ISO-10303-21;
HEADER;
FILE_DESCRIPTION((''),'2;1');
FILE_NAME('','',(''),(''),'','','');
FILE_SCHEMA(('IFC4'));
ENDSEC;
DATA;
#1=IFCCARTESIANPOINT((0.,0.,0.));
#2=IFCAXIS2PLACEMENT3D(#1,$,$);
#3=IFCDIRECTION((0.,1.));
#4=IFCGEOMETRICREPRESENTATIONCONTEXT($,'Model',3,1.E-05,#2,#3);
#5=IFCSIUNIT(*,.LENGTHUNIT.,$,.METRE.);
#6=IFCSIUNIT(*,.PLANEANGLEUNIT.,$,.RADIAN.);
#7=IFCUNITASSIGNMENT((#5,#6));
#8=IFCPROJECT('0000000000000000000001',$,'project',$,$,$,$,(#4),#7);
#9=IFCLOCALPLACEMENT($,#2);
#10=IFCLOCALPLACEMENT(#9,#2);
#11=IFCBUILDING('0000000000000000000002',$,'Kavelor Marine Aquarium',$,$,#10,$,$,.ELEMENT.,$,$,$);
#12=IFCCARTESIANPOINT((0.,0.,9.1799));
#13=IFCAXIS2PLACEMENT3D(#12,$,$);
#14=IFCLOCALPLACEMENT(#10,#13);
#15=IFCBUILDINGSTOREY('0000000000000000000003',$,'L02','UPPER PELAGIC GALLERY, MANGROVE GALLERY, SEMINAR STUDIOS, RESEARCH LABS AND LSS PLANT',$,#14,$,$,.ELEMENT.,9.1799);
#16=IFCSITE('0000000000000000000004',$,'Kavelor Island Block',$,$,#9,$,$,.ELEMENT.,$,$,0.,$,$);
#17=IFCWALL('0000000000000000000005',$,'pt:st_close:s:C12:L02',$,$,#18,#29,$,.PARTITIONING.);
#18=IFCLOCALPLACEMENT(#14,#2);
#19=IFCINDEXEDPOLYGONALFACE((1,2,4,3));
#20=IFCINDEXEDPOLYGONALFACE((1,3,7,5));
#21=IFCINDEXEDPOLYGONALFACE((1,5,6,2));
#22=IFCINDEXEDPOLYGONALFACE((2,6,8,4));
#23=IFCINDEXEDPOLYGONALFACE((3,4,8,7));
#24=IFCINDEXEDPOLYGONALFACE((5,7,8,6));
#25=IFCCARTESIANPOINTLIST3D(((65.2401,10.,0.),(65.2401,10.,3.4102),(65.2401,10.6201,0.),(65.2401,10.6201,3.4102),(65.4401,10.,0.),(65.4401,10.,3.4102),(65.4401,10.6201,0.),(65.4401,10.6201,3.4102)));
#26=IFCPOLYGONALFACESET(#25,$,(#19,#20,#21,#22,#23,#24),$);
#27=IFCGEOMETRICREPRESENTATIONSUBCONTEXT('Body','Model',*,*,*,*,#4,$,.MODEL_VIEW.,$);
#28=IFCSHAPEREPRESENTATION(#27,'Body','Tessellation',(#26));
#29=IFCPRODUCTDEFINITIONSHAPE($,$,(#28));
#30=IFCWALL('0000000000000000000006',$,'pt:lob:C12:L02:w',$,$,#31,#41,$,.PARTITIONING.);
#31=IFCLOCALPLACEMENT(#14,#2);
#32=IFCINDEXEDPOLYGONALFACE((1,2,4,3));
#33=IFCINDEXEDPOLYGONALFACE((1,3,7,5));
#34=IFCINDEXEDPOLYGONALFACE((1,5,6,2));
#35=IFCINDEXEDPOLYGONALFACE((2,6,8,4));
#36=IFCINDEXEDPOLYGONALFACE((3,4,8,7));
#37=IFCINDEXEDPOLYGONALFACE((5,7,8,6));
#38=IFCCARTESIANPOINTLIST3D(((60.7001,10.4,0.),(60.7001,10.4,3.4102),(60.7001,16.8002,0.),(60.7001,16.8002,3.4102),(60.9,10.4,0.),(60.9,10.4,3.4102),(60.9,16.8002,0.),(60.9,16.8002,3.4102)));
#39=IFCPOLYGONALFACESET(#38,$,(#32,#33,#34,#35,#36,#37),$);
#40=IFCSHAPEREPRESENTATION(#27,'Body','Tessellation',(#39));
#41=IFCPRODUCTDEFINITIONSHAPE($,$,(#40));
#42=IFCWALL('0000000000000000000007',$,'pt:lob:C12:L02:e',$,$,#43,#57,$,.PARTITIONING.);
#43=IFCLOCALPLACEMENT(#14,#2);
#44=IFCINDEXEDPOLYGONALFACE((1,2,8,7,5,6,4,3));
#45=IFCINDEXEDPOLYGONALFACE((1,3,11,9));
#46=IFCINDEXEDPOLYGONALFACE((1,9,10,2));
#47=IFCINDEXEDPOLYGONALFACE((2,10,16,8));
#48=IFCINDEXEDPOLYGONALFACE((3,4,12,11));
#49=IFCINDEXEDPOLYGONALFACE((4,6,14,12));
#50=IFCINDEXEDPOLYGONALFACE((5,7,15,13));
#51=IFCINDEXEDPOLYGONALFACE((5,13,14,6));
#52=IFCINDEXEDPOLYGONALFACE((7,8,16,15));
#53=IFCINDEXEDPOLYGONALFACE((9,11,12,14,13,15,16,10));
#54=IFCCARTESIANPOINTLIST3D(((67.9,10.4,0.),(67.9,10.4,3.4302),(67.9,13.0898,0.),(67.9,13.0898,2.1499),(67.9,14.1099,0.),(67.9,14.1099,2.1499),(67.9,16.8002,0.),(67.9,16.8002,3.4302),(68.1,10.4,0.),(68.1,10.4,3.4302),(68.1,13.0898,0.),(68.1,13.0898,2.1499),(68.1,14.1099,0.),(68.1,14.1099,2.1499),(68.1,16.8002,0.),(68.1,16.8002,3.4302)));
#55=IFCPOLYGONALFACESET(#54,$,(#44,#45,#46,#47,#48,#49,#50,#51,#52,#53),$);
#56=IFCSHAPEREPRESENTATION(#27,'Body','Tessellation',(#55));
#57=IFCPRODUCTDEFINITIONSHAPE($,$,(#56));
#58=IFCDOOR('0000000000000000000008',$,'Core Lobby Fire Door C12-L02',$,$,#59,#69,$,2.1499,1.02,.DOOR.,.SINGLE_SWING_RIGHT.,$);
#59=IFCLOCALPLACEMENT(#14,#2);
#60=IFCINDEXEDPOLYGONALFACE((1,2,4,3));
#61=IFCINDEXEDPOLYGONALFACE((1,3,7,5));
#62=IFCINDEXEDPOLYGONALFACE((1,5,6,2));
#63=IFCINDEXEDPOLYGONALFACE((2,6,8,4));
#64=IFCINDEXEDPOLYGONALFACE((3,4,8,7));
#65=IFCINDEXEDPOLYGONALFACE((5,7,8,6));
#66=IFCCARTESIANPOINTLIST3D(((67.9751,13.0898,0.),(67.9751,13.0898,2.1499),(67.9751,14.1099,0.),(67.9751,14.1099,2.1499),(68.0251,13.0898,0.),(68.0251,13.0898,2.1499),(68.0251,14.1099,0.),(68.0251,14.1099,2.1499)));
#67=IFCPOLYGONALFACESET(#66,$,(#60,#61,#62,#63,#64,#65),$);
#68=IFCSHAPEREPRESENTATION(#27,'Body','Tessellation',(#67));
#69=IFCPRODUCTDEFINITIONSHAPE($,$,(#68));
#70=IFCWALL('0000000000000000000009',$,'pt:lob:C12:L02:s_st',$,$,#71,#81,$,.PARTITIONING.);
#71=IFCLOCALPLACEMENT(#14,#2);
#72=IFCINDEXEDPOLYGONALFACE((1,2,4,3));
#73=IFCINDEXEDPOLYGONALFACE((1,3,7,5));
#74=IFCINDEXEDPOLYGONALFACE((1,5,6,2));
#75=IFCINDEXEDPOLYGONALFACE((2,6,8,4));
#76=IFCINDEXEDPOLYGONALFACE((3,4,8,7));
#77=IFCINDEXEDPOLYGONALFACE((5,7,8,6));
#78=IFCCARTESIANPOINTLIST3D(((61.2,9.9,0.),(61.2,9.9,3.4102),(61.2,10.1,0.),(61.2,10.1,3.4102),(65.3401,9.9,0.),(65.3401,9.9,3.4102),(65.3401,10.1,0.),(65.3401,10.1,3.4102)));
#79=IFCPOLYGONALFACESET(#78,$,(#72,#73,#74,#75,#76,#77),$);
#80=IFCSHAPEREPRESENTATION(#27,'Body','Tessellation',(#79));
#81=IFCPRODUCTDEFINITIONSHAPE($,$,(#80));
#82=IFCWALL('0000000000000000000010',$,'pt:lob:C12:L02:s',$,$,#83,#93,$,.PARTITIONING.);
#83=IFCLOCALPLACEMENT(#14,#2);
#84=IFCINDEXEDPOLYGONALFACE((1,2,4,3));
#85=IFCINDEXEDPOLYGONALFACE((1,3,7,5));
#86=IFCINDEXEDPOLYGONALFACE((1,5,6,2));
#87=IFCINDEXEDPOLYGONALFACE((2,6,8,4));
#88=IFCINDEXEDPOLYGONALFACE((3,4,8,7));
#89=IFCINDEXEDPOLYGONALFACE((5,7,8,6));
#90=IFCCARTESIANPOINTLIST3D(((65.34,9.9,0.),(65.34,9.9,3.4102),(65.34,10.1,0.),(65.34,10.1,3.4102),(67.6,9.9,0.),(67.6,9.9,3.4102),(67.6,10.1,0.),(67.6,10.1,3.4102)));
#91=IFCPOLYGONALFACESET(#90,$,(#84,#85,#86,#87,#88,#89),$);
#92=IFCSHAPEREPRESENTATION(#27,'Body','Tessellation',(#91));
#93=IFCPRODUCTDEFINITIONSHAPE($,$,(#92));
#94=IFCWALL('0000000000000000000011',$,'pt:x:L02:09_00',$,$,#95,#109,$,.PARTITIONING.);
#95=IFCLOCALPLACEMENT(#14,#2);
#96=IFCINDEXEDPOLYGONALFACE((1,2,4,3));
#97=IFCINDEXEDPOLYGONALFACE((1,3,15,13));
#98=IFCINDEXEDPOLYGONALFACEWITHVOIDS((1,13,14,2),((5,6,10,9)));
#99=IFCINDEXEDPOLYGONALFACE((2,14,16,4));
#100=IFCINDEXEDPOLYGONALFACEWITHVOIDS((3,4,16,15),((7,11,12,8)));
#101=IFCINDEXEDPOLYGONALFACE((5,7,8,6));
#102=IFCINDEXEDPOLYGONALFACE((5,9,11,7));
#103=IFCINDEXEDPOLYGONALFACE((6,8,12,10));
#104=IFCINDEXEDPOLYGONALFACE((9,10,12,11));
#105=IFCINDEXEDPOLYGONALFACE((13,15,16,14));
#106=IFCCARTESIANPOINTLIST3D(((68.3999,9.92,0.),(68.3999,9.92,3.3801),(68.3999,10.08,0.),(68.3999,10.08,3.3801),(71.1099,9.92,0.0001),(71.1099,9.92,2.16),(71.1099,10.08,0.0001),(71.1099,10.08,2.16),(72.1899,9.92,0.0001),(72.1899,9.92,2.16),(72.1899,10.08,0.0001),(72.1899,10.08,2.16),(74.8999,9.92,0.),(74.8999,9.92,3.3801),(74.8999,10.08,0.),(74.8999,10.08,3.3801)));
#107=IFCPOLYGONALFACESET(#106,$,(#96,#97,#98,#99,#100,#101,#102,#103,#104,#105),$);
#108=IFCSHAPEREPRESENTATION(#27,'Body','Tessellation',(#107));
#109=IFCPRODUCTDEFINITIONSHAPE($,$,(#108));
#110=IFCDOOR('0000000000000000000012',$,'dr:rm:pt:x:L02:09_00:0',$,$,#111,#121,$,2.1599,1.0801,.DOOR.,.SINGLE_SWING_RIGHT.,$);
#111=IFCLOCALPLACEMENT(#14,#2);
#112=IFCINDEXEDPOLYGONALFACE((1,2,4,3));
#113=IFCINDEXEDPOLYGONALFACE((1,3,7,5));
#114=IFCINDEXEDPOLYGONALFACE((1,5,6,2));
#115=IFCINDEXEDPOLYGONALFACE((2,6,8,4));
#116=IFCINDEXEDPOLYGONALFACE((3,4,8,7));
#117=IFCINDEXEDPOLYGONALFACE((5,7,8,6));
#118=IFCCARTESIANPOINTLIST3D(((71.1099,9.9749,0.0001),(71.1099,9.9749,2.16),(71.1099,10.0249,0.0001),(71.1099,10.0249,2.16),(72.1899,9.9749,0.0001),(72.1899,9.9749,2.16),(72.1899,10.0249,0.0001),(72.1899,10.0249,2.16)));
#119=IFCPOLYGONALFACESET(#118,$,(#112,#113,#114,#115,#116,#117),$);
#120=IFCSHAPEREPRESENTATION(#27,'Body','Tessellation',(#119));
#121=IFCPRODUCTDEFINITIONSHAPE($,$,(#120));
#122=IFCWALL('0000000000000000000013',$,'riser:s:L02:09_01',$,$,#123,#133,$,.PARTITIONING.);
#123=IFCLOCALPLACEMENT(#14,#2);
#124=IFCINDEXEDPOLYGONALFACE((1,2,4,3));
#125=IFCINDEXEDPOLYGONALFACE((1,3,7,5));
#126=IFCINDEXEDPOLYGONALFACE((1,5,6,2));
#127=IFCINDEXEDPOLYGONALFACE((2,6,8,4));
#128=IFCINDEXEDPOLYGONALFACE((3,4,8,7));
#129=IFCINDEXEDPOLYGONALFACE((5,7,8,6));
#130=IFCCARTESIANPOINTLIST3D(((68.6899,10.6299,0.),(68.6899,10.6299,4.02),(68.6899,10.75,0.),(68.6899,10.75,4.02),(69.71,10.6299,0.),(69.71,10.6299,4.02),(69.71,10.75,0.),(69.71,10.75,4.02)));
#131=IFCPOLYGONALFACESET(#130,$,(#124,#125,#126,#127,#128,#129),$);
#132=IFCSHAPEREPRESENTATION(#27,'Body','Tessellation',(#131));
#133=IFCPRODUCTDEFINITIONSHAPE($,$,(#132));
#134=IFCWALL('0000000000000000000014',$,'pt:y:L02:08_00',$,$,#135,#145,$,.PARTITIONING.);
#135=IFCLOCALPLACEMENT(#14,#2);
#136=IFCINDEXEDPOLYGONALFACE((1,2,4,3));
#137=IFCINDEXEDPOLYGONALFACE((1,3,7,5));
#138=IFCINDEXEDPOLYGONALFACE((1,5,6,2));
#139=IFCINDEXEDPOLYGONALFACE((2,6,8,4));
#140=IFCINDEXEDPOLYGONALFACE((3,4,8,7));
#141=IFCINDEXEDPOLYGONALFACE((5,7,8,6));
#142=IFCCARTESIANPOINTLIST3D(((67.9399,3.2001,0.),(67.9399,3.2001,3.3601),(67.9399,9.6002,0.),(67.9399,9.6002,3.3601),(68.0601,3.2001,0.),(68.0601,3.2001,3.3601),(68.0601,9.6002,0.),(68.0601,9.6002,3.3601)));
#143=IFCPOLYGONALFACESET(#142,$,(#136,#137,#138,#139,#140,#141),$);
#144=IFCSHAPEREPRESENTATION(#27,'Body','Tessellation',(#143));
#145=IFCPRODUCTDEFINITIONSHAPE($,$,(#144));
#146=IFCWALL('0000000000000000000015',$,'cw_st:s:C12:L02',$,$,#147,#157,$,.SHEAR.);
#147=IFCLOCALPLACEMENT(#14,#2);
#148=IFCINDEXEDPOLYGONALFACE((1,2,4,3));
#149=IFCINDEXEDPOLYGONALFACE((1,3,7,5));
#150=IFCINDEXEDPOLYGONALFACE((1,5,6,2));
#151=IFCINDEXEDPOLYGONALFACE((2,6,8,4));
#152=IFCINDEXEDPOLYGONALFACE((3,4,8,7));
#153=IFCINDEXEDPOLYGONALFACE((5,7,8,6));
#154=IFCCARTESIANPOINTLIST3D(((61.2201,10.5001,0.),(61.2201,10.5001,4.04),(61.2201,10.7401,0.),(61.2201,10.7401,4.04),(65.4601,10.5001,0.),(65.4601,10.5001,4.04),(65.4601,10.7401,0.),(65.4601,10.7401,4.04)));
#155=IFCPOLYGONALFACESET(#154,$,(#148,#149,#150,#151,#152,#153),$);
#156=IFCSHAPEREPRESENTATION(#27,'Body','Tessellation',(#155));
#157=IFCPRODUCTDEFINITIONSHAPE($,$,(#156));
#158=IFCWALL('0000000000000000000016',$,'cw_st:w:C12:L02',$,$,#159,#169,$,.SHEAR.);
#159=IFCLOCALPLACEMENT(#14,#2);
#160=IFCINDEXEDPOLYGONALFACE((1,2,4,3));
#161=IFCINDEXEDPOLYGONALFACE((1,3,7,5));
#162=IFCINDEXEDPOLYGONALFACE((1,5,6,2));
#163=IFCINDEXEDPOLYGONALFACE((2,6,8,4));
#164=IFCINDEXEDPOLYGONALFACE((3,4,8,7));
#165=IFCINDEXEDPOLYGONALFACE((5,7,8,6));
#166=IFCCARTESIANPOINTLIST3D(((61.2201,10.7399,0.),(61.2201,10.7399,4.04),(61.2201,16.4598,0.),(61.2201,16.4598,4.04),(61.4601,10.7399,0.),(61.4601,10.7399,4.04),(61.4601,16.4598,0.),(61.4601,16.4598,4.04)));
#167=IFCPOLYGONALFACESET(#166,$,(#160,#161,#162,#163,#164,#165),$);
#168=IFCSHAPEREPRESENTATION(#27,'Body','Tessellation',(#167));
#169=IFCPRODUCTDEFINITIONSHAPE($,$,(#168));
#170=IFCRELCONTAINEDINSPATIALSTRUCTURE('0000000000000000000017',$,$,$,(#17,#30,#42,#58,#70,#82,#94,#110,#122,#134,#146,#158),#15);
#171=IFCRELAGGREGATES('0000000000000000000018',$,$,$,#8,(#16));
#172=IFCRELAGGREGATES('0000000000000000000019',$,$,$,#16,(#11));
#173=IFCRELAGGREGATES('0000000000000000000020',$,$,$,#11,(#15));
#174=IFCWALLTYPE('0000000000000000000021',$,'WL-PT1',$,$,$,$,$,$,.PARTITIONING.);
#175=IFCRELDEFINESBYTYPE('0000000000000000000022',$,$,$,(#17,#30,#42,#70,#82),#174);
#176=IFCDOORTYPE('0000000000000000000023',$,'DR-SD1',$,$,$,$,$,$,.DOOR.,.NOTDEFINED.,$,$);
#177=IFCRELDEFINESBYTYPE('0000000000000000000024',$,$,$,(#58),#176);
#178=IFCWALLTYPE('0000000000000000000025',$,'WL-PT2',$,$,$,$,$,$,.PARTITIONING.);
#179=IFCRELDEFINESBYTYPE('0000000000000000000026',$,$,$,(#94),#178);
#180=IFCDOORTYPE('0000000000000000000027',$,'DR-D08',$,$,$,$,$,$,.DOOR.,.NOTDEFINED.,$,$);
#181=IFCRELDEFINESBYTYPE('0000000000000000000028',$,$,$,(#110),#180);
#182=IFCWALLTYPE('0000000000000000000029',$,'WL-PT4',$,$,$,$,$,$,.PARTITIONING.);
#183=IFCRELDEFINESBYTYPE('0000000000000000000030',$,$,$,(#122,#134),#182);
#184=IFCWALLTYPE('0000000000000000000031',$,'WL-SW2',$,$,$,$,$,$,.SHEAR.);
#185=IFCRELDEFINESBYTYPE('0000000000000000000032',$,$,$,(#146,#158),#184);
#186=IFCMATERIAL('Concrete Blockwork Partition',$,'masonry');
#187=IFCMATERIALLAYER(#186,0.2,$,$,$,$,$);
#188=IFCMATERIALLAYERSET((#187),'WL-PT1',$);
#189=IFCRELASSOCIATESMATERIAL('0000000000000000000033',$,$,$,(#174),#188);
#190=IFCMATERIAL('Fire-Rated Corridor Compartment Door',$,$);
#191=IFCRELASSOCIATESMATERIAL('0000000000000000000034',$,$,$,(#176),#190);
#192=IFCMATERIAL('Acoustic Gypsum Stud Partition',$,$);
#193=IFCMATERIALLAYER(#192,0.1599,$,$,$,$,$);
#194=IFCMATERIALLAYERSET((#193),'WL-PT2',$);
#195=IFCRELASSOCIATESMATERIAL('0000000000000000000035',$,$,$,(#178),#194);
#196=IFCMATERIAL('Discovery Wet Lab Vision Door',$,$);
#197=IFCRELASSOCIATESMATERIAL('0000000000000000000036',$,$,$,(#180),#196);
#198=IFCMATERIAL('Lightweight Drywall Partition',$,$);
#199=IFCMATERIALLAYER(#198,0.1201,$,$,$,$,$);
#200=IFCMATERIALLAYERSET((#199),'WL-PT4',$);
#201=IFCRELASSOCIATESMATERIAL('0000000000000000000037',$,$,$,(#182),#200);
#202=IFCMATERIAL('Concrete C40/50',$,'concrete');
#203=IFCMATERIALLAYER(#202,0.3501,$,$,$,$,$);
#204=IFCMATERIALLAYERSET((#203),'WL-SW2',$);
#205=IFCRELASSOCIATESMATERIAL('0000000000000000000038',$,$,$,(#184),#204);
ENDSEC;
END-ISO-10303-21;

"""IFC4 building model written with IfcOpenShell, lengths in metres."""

from ifc_helpers import new_model, si_unit, direction, frame, frame_2d, origin, place, context, subcontext, project, spatial, rectangle, extrude, material, layer, layer_set, type_object, element, fill, save


model = new_model("IFC4")

# Units and contexts
model_context = context("Model", 3, precision=1e-05, world=origin(), true_north=direction((0.0, 1.0)))
body_context = subcontext(model_context, "Body", "Model", "MODEL_VIEW")
ifc_project = project(units=[si_unit("LENGTHUNIT", "METRE"), si_unit("PLANEANGLEUNIT", "RADIAN")], contexts=[model_context])

# Site, building, storey
site_placement = place(None, origin())
site = spatial("IfcSite", under=ifc_project, at=site_placement, Name="Kavelor Island Block", CompositionType="ELEMENT", RefElevation=0.0)
building_placement = place(site_placement, origin())
building = spatial("IfcBuilding", under=site, at=building_placement, Name="Kavelor Marine Aquarium", CompositionType="ELEMENT")
storey_placement = place(building_placement, frame((0.0, 0.0, 9.1799)))
storey = spatial("IfcBuildingStorey", under=building, at=storey_placement, Name="L02", Description="UPPER PELAGIC GALLERY, MANGROVE GALLERY, SEMINAR STUDIOS, RESEARCH LABS AND LSS PLANT", CompositionType="ELEMENT", Elevation=9.1799)

# Walls
ifc_material_1 = material(Name="Concrete Blockwork Partition", Category="masonry")
ifc_layer_1 = layer(ifc_material_1, 0.2)
ifc_layer_set_1 = layer_set([ifc_layer_1], Name="WL-PT1")
wall_type_1 = type_object("IfcWallType", Name="WL-PT1", PredefinedType="PARTITIONING", material=ifc_layer_set_1)
wall_1_placement = place(storey_placement, frame((65.3401, 10.0, 0.0), z_axis=(0.0, 0.0, 1.0), x_axis=(0.0, 1.0, 0.0)))
element("IfcWall", 1, at=wall_1_placement, inside=storey, type_object=wall_type_1, Name="pt:st_close:s:C12:L02", PredefinedType="PARTITIONING", context=body_context, shape_type="SweptSolid", body=[
    extrude(rectangle(XDim=0.6201, YDim=0.2, at=frame_2d((0.3101, 0.0))), origin(), (0.0, 0.0, 1.0), 3.4102),
])
wall_2_placement = place(storey_placement, frame((60.8, 10.3999, 0.0), z_axis=(0.0, 0.0, 1.0), x_axis=(0.0, 1.0, 0.0)))
element("IfcWall", 2, at=wall_2_placement, inside=storey, type_object=wall_type_1, Name="pt:lob:C12:L02:w", PredefinedType="PARTITIONING", context=body_context, shape_type="SweptSolid", body=[
    extrude(rectangle(XDim=6.4001, YDim=0.2, at=frame_2d((3.2002, 0.0))), origin(), (0.0, 0.0, 1.0), 3.4102),
])

# Wall, opening, door
wall_3_placement = place(storey_placement, frame((68.0, 10.3999, 0.0), z_axis=(0.0, 0.0, 1.0), x_axis=(0.0, 1.0, 0.0)))
wall_3 = element("IfcWall", 3, at=wall_3_placement, inside=storey, type_object=wall_type_1, Name="pt:lob:C12:L02:e", PredefinedType="PARTITIONING", context=body_context, shape_type="SweptSolid", body=[
    extrude(rectangle(XDim=6.4001, YDim=0.2, at=frame_2d((3.2002, 0.0))), origin(), (0.0, 0.0, 1.0), 3.4302),
])
opening_1_placement = place(wall_3_placement, frame((2.6899, 0.0, 0.0)))
opening_1 = element("IfcOpeningElement", 4, at=opening_1_placement, cuts=wall_3, PredefinedType="OPENING", context=body_context, shape_type="SweptSolid", body=[
    extrude(rectangle(XDim=1.02, YDim=2.1499, at=frame_2d((0.51, 1.075))), frame((0.0, 0.1099, 0.0), z_axis=(0.0, -1.0, 0.0), x_axis=(1.0, 0.0, 0.0)), (0.0, 0.0, 1.0), 0.22),
])
ifc_material_2 = material(Name="Fire-Rated Corridor Compartment Door")
door_type_1 = type_object("IfcDoorType", Name="DR-SD1", OperationType="NOTDEFINED", PredefinedType="DOOR", material=ifc_material_2)
door_1_placement = place(opening_1_placement, origin())
door_1 = element("IfcDoor", 5, at=door_1_placement, inside=storey, type_object=door_type_1, Name="Core Lobby Fire Door C12-L02", OperationType="SINGLE_SWING_RIGHT", OverallHeight=2.1499, OverallWidth=1.02, PredefinedType="DOOR", context=body_context, shape_type="SweptSolid", body=[
    extrude(rectangle(XDim=1.02, YDim=2.1499, at=frame_2d((0.51, 1.075))), frame((0.0, 0.0249, 0.0), z_axis=(0.0, -1.0, 0.0), x_axis=(1.0, 0.0, 0.0)), (0.0, 0.0, 1.0), 0.05),
])
fill(opening_1, door_1)

# Walls
wall_4_placement = place(storey_placement, frame((61.2, 10.0, 0.0), z_axis=(0.0, 0.0, 1.0), x_axis=(1.0, 0.0, 0.0)))
element("IfcWall", 6, at=wall_4_placement, inside=storey, type_object=wall_type_1, Name="pt:lob:C12:L02:s_st", PredefinedType="PARTITIONING", context=body_context, shape_type="SweptSolid", body=[
    extrude(rectangle(XDim=4.1401, YDim=0.2, at=frame_2d((2.0701, 0.0))), origin(), (0.0, 0.0, 1.0), 3.4102),
])
wall_5_placement = place(storey_placement, frame((65.3401, 10.0, 0.0), z_axis=(0.0, 0.0, 1.0), x_axis=(1.0, 0.0, 0.0)))
element("IfcWall", 7, at=wall_5_placement, inside=storey, type_object=wall_type_1, Name="pt:lob:C12:L02:s", PredefinedType="PARTITIONING", context=body_context, shape_type="SweptSolid", body=[
    extrude(rectangle(XDim=2.26, YDim=0.2, at=frame_2d((1.1299, 0.0))), origin(), (0.0, 0.0, 1.0), 3.4102),
])

# Wall, opening, door
ifc_material_3 = material(Name="Acoustic Gypsum Stud Partition")
ifc_layer_2 = layer(ifc_material_3, 0.1599)
ifc_layer_set_2 = layer_set([ifc_layer_2], Name="WL-PT2")
wall_type_2 = type_object("IfcWallType", Name="WL-PT2", PredefinedType="PARTITIONING", material=ifc_layer_set_2)
wall_6_placement = place(storey_placement, frame((68.3999, 10.0, 0.0), z_axis=(0.0, 0.0, 1.0), x_axis=(1.0, 0.0, 0.0)))
wall_6 = element("IfcWall", 8, at=wall_6_placement, inside=storey, type_object=wall_type_2, Name="pt:x:L02:09_00", PredefinedType="PARTITIONING", context=body_context, shape_type="SweptSolid", body=[
    extrude(rectangle(XDim=6.5, YDim=0.1599, at=frame_2d((3.25, 0.0))), origin(), (0.0, 0.0, 1.0), 3.3801),
])
opening_2_placement = place(wall_6_placement, frame((2.71, 0.0, 0.0)))
opening_2 = element("IfcOpeningElement", 9, at=opening_2_placement, cuts=wall_6, PredefinedType="OPENING", context=body_context, shape_type="SweptSolid", body=[
    extrude(rectangle(XDim=1.0801, YDim=2.1599, at=frame_2d((0.54, 1.0801))), frame((0.0, 0.0898, 0.0), z_axis=(0.0, -1.0, 0.0), x_axis=(1.0, 0.0, 0.0)), (0.0, 0.0, 1.0), 0.1799),
])
ifc_material_4 = material(Name="Discovery Wet Lab Vision Door")
door_type_2 = type_object("IfcDoorType", Name="DR-D08", OperationType="NOTDEFINED", PredefinedType="DOOR", material=ifc_material_4)
door_2_placement = place(opening_2_placement, origin())
door_2 = element("IfcDoor", 10, at=door_2_placement, inside=storey, type_object=door_type_2, Name="dr:rm:pt:x:L02:09_00:0", OperationType="SINGLE_SWING_RIGHT", OverallHeight=2.1599, OverallWidth=1.0801, PredefinedType="DOOR", context=body_context, shape_type="SweptSolid", body=[
    extrude(rectangle(XDim=1.0801, YDim=2.1599, at=frame_2d((0.54, 1.0801))), frame((0.0, 0.0249, 0.0), z_axis=(0.0, -1.0, 0.0), x_axis=(1.0, 0.0, 0.0)), (0.0, 0.0, 1.0), 0.05),
])
fill(opening_2, door_2)

# Walls
ifc_material_5 = material(Name="Lightweight Drywall Partition")
ifc_layer_3 = layer(ifc_material_5, 0.1201)
ifc_layer_set_3 = layer_set([ifc_layer_3], Name="WL-PT4")
wall_type_3 = type_object("IfcWallType", Name="WL-PT4", PredefinedType="PARTITIONING", material=ifc_layer_set_3)
wall_7_placement = place(storey_placement, frame((68.6899, 10.6899, 0.0), z_axis=(0.0, 0.0, 1.0), x_axis=(1.0, 0.0, 0.0)))
element("IfcWall", 11, at=wall_7_placement, inside=storey, type_object=wall_type_3, Name="riser:s:L02:09_01", PredefinedType="PARTITIONING", context=body_context, shape_type="SweptSolid", body=[
    extrude(rectangle(XDim=1.02, YDim=0.1201, at=frame_2d((0.51, 0.0))), origin(), (0.0, 0.0, 1.0), 4.02),
])
wall_8_placement = place(storey_placement, frame((68.0, 3.2, 0.0), z_axis=(0.0, 0.0, 1.0), x_axis=(0.0, 1.0, 0.0)))
element("IfcWall", 12, at=wall_8_placement, inside=storey, type_object=wall_type_3, Name="pt:y:L02:08_00", PredefinedType="PARTITIONING", context=body_context, shape_type="SweptSolid", body=[
    extrude(rectangle(XDim=6.4001, YDim=0.1201, at=frame_2d((3.2002, 0.0))), origin(), (0.0, 0.0, 1.0), 3.3601),
])
ifc_material_6 = material(Name="Concrete C40/50", Category="concrete")
ifc_layer_4 = layer(ifc_material_6, 0.3501)
ifc_layer_set_4 = layer_set([ifc_layer_4], Name="WL-SW2")
wall_type_4 = type_object("IfcWallType", Name="WL-SW2", PredefinedType="SHEAR", material=ifc_layer_set_4)
wall_9_placement = place(storey_placement, frame((61.22, 10.6201, 0.0), z_axis=(0.0, 0.0, 1.0), x_axis=(1.0, 0.0, 0.0)))
element("IfcWall", 13, at=wall_9_placement, inside=storey, type_object=wall_type_4, Name="cw_st:s:C12:L02", PredefinedType="SHEAR", context=body_context, shape_type="SweptSolid", body=[
    extrude(rectangle(XDim=4.24, YDim=0.24, at=frame_2d((2.1201, 0.0))), origin(), (0.0, 0.0, 1.0), 4.04),
])
wall_10_placement = place(storey_placement, frame((61.3401, 10.74, 0.0), z_axis=(0.0, 0.0, 1.0), x_axis=(0.0, 1.0, 0.0)))
element("IfcWall", 14, at=wall_10_placement, inside=storey, type_object=wall_type_4, Name="cw_st:w:C12:L02", PredefinedType="SHEAR", context=body_context, shape_type="SweptSolid", body=[
    extrude(rectangle(XDim=5.72, YDim=0.24, at=frame_2d((2.8599, 0.0))), origin(), (0.0, 0.0, 1.0), 4.04),
])

save(model, "model.ifc")
